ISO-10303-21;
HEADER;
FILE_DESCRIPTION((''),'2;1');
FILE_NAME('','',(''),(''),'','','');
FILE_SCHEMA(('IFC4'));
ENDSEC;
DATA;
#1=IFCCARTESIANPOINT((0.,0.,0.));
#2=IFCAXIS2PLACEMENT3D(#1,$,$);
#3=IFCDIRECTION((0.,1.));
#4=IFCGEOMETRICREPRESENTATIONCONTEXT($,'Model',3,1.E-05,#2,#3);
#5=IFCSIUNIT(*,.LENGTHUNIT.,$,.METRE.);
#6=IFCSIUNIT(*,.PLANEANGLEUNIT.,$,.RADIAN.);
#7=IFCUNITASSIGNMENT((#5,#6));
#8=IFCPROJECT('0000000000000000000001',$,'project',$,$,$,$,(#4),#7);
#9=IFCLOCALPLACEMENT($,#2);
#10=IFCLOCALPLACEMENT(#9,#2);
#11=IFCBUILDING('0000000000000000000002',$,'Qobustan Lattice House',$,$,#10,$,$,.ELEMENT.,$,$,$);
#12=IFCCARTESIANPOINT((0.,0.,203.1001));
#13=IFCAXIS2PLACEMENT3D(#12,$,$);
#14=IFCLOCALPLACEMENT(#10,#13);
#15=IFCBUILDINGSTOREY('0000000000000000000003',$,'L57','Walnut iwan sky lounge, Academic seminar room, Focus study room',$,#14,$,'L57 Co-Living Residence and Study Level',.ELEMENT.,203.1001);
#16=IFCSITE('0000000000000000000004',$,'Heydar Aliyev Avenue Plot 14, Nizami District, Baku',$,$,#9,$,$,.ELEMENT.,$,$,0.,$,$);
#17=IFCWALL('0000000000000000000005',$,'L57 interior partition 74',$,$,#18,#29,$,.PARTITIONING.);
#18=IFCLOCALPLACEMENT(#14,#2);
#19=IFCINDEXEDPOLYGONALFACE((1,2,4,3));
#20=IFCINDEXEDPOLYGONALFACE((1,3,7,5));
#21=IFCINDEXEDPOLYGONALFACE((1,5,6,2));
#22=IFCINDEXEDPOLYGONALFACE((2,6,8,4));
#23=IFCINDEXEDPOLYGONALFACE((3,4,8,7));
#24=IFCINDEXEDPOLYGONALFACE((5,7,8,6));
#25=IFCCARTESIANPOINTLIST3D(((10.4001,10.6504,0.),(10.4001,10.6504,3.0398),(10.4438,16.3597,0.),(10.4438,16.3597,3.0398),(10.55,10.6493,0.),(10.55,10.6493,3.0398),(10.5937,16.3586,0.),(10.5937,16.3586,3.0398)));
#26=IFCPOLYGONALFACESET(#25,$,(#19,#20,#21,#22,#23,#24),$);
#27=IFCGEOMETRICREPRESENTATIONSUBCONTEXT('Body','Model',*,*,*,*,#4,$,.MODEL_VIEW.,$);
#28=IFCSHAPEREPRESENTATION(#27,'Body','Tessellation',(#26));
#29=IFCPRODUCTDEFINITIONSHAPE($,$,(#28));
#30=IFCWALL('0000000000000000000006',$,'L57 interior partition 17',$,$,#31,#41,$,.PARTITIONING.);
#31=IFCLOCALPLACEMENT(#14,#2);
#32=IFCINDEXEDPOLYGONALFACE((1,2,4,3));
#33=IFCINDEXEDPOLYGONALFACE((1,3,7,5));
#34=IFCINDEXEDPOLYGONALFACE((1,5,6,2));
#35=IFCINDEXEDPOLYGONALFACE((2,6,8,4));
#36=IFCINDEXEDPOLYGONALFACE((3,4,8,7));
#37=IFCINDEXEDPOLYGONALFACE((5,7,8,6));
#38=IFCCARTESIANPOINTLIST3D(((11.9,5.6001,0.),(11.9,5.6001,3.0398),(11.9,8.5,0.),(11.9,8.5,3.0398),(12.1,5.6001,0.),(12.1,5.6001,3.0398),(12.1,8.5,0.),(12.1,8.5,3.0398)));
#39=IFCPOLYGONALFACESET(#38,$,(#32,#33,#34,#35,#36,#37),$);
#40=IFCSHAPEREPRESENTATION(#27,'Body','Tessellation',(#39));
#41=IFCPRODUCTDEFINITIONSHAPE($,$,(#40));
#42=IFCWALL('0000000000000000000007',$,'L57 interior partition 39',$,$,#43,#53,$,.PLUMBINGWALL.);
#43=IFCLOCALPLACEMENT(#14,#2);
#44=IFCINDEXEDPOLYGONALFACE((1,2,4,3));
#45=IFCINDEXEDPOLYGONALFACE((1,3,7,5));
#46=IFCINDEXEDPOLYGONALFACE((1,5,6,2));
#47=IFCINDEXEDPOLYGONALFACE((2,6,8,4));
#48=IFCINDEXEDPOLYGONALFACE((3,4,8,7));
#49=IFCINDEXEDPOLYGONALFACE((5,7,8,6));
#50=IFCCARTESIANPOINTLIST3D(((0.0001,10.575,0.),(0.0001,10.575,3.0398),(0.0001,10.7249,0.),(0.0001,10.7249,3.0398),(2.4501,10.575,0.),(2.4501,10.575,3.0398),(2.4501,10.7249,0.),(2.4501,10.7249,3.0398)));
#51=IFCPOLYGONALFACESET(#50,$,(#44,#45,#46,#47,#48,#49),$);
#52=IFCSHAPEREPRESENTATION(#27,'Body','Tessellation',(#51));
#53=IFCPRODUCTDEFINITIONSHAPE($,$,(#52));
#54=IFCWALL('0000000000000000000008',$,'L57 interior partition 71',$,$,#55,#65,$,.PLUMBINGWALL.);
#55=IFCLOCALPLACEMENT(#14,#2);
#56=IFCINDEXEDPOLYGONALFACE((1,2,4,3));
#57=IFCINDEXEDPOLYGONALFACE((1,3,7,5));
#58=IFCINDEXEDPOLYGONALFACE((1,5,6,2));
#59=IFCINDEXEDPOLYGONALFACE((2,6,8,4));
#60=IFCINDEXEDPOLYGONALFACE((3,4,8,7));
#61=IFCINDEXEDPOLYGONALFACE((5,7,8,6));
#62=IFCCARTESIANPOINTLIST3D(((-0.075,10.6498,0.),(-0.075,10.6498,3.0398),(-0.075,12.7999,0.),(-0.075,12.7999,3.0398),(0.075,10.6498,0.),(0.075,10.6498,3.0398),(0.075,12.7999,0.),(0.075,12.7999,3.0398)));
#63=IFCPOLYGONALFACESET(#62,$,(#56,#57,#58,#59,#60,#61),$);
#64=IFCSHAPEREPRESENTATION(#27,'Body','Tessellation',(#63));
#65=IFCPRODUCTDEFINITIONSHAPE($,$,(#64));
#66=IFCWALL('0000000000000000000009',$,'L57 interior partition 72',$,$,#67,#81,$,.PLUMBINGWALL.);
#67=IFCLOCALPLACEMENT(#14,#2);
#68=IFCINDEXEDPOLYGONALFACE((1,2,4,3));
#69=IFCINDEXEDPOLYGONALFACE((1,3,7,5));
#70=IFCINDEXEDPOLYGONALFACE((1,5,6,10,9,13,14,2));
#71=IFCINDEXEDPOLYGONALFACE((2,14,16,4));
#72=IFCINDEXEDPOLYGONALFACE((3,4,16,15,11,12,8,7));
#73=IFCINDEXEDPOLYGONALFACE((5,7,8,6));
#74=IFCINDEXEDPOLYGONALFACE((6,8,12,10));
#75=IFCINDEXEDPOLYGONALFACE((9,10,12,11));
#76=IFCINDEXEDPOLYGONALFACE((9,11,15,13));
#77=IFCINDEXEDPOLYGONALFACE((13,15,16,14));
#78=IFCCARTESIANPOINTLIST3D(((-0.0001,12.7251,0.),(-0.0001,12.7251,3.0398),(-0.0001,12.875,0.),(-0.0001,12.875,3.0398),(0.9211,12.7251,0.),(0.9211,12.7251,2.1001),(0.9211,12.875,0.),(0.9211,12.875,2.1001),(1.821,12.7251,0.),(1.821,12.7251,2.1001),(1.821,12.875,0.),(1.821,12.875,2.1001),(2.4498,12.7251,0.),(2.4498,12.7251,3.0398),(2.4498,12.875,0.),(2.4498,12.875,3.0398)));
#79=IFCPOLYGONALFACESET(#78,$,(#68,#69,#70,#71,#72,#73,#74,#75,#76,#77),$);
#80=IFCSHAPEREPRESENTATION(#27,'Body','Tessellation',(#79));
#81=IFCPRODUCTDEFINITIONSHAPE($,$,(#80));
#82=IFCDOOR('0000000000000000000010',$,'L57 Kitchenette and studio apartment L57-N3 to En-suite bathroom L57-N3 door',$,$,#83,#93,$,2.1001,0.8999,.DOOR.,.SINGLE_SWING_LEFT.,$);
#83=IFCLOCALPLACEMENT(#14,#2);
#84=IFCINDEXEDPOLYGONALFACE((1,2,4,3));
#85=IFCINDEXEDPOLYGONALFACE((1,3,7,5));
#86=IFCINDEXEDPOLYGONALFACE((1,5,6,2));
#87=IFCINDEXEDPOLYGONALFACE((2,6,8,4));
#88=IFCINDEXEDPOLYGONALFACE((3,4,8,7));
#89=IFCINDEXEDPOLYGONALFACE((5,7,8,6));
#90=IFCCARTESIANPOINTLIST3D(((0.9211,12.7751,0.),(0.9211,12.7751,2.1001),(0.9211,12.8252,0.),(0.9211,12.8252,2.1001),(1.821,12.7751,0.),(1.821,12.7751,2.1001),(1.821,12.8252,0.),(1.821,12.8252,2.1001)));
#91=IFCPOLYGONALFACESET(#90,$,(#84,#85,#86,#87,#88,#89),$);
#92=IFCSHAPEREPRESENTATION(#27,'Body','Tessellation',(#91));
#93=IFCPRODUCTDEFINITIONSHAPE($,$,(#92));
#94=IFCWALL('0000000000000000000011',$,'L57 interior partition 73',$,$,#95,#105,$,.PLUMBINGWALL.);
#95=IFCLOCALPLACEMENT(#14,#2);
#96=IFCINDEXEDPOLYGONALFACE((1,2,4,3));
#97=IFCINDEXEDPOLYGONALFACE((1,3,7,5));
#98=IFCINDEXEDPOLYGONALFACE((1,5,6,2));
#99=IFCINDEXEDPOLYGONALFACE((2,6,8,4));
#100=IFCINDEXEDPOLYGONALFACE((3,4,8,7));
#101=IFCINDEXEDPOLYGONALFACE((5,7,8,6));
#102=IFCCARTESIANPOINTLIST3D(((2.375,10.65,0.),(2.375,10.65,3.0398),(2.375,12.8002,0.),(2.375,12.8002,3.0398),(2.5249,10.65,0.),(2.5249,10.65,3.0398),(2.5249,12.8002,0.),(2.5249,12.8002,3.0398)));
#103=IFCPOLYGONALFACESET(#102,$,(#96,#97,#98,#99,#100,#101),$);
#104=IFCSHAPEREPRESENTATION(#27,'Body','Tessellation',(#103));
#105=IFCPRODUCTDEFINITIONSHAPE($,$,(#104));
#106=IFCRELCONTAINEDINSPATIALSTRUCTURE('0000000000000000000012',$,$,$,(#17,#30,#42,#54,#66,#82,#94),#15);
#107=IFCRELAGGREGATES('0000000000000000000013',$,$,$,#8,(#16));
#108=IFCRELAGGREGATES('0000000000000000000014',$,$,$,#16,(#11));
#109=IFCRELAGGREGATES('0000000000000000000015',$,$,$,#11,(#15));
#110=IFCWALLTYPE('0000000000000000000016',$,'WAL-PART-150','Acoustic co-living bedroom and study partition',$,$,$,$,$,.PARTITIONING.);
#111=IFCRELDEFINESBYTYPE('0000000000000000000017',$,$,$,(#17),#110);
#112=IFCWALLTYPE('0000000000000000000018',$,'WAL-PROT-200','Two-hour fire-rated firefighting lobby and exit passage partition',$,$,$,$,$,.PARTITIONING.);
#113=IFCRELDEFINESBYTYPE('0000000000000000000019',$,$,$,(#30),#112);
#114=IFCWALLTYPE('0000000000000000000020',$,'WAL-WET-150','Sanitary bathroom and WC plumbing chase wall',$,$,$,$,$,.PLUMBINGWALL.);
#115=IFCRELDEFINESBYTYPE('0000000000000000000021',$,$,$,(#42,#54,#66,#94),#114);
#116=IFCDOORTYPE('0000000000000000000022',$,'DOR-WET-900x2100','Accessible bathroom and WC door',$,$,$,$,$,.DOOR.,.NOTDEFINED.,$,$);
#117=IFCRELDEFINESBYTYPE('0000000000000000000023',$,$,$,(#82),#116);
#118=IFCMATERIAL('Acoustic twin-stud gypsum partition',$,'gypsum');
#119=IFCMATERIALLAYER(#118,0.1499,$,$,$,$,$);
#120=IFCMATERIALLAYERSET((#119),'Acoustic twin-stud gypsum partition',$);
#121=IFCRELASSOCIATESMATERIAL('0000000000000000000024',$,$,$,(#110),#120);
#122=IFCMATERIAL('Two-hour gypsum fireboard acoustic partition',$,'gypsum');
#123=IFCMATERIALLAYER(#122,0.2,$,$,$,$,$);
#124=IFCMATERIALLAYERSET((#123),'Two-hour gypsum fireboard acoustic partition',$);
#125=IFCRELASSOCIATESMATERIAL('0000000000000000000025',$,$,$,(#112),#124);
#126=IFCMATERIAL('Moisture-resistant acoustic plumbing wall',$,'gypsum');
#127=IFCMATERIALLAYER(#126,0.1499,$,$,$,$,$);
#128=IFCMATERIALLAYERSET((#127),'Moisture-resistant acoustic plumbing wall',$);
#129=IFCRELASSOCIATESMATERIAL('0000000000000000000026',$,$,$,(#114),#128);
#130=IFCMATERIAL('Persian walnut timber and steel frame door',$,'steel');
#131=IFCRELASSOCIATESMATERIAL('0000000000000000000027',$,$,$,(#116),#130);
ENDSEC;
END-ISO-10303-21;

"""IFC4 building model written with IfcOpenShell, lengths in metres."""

from ifc_helpers import new_model, si_unit, direction, frame, frame_2d, origin, place, context, subcontext, project, spatial, rectangle, extrude, material, layer, layer_set, type_object, element, fill, save


model = new_model("IFC4")

# Units and contexts
model_context = context("Model", 3, precision=1e-05, world=origin(), true_north=direction((0.0, 1.0)))
body_context = subcontext(model_context, "Body", "Model", "MODEL_VIEW")
ifc_project = project(units=[si_unit("LENGTHUNIT", "METRE"), si_unit("PLANEANGLEUNIT", "RADIAN")], contexts=[model_context])

# Site, building, storey
site_placement = place(None, origin())
site = spatial("IfcSite", under=ifc_project, at=site_placement, Name="Heydar Aliyev Avenue Plot 14, Nizami District, Baku", CompositionType="ELEMENT", RefElevation=0.0)
building_placement = place(site_placement, origin())
building = spatial("IfcBuilding", under=site, at=building_placement, Name="Qobustan Lattice House", CompositionType="ELEMENT")
storey_placement = place(building_placement, frame((0.0, 0.0, 203.1001)))
storey = spatial("IfcBuildingStorey", under=building, at=storey_placement, Name="L57", Description="Walnut iwan sky lounge, Academic seminar room, Focus study room", LongName="L57 Co-Living Residence and Study Level", CompositionType="ELEMENT", Elevation=203.1001)

# Shared definitions
ifc_material_1 = material(Name="Acoustic twin-stud gypsum partition", Category="gypsum")
ifc_layer_1 = layer(ifc_material_1, 0.1499)
ifc_layer_set_1 = layer_set([ifc_layer_1], Name="Acoustic twin-stud gypsum partition")
wall_type_1 = type_object("IfcWallType", Name="WAL-PART-150", Description="Acoustic co-living bedroom and study partition", PredefinedType="PARTITIONING", material=ifc_layer_set_1)

# Walls
wall_1_placement = place(storey_placement, frame((10.5188, 16.3591, 0.0), z_axis=(0.0, 0.0, 1.0), x_axis=(-0.007654, -0.999971, 0.0)))
element("IfcWall", 1, at=wall_1_placement, inside=storey, type_object=wall_type_1, Name="L57 interior partition 74", PredefinedType="PARTITIONING", context=body_context, shape_type="SweptSolid", body=[
    extrude(rectangle(XDim=5.7095, YDim=0.1499, at=frame_2d((2.8547, 0.0))), origin(), (0.0, 0.0, 1.0), 3.0398),
])
ifc_material_2 = material(Name="Two-hour gypsum fireboard acoustic partition", Category="gypsum")
ifc_layer_2 = layer(ifc_material_2, 0.2)
ifc_layer_set_2 = layer_set([ifc_layer_2], Name="Two-hour gypsum fireboard acoustic partition")
wall_type_2 = type_object("IfcWallType", Name="WAL-PROT-200", Description="Two-hour fire-rated firefighting lobby and exit passage partition", PredefinedType="PARTITIONING", material=ifc_layer_set_2)
wall_2_placement = place(storey_placement, frame((12.0, 8.5, 0.0), z_axis=(0.0, 0.0, 1.0), x_axis=(0.0, -1.0, 0.0)))
element("IfcWall", 2, at=wall_2_placement, inside=storey, type_object=wall_type_2, Name="L57 interior partition 17", PredefinedType="PARTITIONING", context=body_context, shape_type="SweptSolid", body=[
    extrude(rectangle(XDim=2.8999, YDim=0.2, at=frame_2d((1.45, 0.0))), origin(), (0.0, 0.0, 1.0), 3.0398),
])
ifc_material_3 = material(Name="Moisture-resistant acoustic plumbing wall", Category="gypsum")
ifc_layer_3 = layer(ifc_material_3, 0.1499)
ifc_layer_set_3 = layer_set([ifc_layer_3], Name="Moisture-resistant acoustic plumbing wall")
wall_type_3 = type_object("IfcWallType", Name="WAL-WET-150", Description="Sanitary bathroom and WC plumbing chase wall", PredefinedType="PLUMBINGWALL", material=ifc_layer_set_3)
wall_3_placement = place(storey_placement, frame((0.0, 10.6499, 0.0), z_axis=(0.0, 0.0, 1.0), x_axis=(1.0, 0.0, 0.0)))
element("IfcWall", 3, at=wall_3_placement, inside=storey, type_object=wall_type_3, Name="L57 interior partition 39", PredefinedType="PLUMBINGWALL", context=body_context, shape_type="SweptSolid", body=[
    extrude(rectangle(XDim=2.45, YDim=0.1499, at=frame_2d((1.2251, 0.0))), origin(), (0.0, 0.0, 1.0), 3.0398),
])
wall_4_placement = place(storey_placement, frame((0.0, 12.8, 0.0), z_axis=(0.0, 0.0, 1.0), x_axis=(0.0, -1.0, 0.0)))
element("IfcWall", 4, at=wall_4_placement, inside=storey, type_object=wall_type_3, Name="L57 interior partition 71", PredefinedType="PLUMBINGWALL", context=body_context, shape_type="SweptSolid", body=[
    extrude(rectangle(XDim=2.1501, YDim=0.1499, at=frame_2d((1.0752, 0.0))), origin(), (0.0, 0.0, 1.0), 3.0398),
])

# Wall, opening, door
wall_5_placement = place(storey_placement, frame((2.45, 12.8, 0.0), z_axis=(0.0, 0.0, 1.0), x_axis=(-1.0, 0.0, 0.0)))
wall_5 = element("IfcWall", 5, at=wall_5_placement, inside=storey, type_object=wall_type_3, Name="L57 interior partition 72", PredefinedType="PLUMBINGWALL", context=body_context, shape_type="SweptSolid", body=[
    extrude(rectangle(XDim=2.45, YDim=0.1499, at=frame_2d((1.2251, 0.0))), origin(), (0.0, 0.0, 1.0), 3.0398),
])
opening_1_placement = place(wall_5_placement, frame((0.6289, 0.0, 0.0)))
opening_1 = element("IfcOpeningElement", 6, at=opening_1_placement, cuts=wall_5, PredefinedType="OPENING", context=body_context, shape_type="SweptSolid", body=[
    extrude(rectangle(XDim=0.8999, YDim=2.1001, at=frame_2d((0.45, 1.05))), frame((0.0, 0.085, 0.0), z_axis=(0.0, -1.0, 0.0), x_axis=(1.0, 0.0, 0.0)), (0.0, 0.0, 1.0), 0.1699),
])
ifc_material_4 = material(Name="Persian walnut timber and steel frame door", Category="steel")
door_type_1 = type_object("IfcDoorType", Name="DOR-WET-900x2100", Description="Accessible bathroom and WC door", OperationType="NOTDEFINED", PredefinedType="DOOR", material=ifc_material_4)
door_1_placement = place(opening_1_placement, origin())
door_1 = element("IfcDoor", 7, at=door_1_placement, inside=storey, type_object=door_type_1, Name="L57 Kitchenette and studio apartment L57-N3 to En-suite bathroom L57-N3 door", OperationType="SINGLE_SWING_LEFT", OverallHeight=2.1001, OverallWidth=0.8999, PredefinedType="DOOR", context=body_context, shape_type="SweptSolid", body=[
    extrude(rectangle(XDim=0.8999, YDim=2.1001, at=frame_2d((0.45, 1.05))), frame((0.0, 0.0249, 0.0), z_axis=(0.0, -1.0, 0.0), x_axis=(1.0, 0.0, 0.0)), (0.0, 0.0, 1.0), 0.05),
])
fill(opening_1, door_1)

# Wall
wall_6_placement = place(storey_placement, frame((2.45, 10.6499, 0.0), z_axis=(0.0, 0.0, 1.0), x_axis=(0.0, 1.0, 0.0)))
element("IfcWall", 8, at=wall_6_placement, inside=storey, type_object=wall_type_3, Name="L57 interior partition 73", PredefinedType="PLUMBINGWALL", context=body_context, shape_type="SweptSolid", body=[
    extrude(rectangle(XDim=2.1501, YDim=0.1499, at=frame_2d((1.0752, 0.0))), origin(), (0.0, 0.0, 1.0), 3.0398),
])

save(model, "model.ifc")
